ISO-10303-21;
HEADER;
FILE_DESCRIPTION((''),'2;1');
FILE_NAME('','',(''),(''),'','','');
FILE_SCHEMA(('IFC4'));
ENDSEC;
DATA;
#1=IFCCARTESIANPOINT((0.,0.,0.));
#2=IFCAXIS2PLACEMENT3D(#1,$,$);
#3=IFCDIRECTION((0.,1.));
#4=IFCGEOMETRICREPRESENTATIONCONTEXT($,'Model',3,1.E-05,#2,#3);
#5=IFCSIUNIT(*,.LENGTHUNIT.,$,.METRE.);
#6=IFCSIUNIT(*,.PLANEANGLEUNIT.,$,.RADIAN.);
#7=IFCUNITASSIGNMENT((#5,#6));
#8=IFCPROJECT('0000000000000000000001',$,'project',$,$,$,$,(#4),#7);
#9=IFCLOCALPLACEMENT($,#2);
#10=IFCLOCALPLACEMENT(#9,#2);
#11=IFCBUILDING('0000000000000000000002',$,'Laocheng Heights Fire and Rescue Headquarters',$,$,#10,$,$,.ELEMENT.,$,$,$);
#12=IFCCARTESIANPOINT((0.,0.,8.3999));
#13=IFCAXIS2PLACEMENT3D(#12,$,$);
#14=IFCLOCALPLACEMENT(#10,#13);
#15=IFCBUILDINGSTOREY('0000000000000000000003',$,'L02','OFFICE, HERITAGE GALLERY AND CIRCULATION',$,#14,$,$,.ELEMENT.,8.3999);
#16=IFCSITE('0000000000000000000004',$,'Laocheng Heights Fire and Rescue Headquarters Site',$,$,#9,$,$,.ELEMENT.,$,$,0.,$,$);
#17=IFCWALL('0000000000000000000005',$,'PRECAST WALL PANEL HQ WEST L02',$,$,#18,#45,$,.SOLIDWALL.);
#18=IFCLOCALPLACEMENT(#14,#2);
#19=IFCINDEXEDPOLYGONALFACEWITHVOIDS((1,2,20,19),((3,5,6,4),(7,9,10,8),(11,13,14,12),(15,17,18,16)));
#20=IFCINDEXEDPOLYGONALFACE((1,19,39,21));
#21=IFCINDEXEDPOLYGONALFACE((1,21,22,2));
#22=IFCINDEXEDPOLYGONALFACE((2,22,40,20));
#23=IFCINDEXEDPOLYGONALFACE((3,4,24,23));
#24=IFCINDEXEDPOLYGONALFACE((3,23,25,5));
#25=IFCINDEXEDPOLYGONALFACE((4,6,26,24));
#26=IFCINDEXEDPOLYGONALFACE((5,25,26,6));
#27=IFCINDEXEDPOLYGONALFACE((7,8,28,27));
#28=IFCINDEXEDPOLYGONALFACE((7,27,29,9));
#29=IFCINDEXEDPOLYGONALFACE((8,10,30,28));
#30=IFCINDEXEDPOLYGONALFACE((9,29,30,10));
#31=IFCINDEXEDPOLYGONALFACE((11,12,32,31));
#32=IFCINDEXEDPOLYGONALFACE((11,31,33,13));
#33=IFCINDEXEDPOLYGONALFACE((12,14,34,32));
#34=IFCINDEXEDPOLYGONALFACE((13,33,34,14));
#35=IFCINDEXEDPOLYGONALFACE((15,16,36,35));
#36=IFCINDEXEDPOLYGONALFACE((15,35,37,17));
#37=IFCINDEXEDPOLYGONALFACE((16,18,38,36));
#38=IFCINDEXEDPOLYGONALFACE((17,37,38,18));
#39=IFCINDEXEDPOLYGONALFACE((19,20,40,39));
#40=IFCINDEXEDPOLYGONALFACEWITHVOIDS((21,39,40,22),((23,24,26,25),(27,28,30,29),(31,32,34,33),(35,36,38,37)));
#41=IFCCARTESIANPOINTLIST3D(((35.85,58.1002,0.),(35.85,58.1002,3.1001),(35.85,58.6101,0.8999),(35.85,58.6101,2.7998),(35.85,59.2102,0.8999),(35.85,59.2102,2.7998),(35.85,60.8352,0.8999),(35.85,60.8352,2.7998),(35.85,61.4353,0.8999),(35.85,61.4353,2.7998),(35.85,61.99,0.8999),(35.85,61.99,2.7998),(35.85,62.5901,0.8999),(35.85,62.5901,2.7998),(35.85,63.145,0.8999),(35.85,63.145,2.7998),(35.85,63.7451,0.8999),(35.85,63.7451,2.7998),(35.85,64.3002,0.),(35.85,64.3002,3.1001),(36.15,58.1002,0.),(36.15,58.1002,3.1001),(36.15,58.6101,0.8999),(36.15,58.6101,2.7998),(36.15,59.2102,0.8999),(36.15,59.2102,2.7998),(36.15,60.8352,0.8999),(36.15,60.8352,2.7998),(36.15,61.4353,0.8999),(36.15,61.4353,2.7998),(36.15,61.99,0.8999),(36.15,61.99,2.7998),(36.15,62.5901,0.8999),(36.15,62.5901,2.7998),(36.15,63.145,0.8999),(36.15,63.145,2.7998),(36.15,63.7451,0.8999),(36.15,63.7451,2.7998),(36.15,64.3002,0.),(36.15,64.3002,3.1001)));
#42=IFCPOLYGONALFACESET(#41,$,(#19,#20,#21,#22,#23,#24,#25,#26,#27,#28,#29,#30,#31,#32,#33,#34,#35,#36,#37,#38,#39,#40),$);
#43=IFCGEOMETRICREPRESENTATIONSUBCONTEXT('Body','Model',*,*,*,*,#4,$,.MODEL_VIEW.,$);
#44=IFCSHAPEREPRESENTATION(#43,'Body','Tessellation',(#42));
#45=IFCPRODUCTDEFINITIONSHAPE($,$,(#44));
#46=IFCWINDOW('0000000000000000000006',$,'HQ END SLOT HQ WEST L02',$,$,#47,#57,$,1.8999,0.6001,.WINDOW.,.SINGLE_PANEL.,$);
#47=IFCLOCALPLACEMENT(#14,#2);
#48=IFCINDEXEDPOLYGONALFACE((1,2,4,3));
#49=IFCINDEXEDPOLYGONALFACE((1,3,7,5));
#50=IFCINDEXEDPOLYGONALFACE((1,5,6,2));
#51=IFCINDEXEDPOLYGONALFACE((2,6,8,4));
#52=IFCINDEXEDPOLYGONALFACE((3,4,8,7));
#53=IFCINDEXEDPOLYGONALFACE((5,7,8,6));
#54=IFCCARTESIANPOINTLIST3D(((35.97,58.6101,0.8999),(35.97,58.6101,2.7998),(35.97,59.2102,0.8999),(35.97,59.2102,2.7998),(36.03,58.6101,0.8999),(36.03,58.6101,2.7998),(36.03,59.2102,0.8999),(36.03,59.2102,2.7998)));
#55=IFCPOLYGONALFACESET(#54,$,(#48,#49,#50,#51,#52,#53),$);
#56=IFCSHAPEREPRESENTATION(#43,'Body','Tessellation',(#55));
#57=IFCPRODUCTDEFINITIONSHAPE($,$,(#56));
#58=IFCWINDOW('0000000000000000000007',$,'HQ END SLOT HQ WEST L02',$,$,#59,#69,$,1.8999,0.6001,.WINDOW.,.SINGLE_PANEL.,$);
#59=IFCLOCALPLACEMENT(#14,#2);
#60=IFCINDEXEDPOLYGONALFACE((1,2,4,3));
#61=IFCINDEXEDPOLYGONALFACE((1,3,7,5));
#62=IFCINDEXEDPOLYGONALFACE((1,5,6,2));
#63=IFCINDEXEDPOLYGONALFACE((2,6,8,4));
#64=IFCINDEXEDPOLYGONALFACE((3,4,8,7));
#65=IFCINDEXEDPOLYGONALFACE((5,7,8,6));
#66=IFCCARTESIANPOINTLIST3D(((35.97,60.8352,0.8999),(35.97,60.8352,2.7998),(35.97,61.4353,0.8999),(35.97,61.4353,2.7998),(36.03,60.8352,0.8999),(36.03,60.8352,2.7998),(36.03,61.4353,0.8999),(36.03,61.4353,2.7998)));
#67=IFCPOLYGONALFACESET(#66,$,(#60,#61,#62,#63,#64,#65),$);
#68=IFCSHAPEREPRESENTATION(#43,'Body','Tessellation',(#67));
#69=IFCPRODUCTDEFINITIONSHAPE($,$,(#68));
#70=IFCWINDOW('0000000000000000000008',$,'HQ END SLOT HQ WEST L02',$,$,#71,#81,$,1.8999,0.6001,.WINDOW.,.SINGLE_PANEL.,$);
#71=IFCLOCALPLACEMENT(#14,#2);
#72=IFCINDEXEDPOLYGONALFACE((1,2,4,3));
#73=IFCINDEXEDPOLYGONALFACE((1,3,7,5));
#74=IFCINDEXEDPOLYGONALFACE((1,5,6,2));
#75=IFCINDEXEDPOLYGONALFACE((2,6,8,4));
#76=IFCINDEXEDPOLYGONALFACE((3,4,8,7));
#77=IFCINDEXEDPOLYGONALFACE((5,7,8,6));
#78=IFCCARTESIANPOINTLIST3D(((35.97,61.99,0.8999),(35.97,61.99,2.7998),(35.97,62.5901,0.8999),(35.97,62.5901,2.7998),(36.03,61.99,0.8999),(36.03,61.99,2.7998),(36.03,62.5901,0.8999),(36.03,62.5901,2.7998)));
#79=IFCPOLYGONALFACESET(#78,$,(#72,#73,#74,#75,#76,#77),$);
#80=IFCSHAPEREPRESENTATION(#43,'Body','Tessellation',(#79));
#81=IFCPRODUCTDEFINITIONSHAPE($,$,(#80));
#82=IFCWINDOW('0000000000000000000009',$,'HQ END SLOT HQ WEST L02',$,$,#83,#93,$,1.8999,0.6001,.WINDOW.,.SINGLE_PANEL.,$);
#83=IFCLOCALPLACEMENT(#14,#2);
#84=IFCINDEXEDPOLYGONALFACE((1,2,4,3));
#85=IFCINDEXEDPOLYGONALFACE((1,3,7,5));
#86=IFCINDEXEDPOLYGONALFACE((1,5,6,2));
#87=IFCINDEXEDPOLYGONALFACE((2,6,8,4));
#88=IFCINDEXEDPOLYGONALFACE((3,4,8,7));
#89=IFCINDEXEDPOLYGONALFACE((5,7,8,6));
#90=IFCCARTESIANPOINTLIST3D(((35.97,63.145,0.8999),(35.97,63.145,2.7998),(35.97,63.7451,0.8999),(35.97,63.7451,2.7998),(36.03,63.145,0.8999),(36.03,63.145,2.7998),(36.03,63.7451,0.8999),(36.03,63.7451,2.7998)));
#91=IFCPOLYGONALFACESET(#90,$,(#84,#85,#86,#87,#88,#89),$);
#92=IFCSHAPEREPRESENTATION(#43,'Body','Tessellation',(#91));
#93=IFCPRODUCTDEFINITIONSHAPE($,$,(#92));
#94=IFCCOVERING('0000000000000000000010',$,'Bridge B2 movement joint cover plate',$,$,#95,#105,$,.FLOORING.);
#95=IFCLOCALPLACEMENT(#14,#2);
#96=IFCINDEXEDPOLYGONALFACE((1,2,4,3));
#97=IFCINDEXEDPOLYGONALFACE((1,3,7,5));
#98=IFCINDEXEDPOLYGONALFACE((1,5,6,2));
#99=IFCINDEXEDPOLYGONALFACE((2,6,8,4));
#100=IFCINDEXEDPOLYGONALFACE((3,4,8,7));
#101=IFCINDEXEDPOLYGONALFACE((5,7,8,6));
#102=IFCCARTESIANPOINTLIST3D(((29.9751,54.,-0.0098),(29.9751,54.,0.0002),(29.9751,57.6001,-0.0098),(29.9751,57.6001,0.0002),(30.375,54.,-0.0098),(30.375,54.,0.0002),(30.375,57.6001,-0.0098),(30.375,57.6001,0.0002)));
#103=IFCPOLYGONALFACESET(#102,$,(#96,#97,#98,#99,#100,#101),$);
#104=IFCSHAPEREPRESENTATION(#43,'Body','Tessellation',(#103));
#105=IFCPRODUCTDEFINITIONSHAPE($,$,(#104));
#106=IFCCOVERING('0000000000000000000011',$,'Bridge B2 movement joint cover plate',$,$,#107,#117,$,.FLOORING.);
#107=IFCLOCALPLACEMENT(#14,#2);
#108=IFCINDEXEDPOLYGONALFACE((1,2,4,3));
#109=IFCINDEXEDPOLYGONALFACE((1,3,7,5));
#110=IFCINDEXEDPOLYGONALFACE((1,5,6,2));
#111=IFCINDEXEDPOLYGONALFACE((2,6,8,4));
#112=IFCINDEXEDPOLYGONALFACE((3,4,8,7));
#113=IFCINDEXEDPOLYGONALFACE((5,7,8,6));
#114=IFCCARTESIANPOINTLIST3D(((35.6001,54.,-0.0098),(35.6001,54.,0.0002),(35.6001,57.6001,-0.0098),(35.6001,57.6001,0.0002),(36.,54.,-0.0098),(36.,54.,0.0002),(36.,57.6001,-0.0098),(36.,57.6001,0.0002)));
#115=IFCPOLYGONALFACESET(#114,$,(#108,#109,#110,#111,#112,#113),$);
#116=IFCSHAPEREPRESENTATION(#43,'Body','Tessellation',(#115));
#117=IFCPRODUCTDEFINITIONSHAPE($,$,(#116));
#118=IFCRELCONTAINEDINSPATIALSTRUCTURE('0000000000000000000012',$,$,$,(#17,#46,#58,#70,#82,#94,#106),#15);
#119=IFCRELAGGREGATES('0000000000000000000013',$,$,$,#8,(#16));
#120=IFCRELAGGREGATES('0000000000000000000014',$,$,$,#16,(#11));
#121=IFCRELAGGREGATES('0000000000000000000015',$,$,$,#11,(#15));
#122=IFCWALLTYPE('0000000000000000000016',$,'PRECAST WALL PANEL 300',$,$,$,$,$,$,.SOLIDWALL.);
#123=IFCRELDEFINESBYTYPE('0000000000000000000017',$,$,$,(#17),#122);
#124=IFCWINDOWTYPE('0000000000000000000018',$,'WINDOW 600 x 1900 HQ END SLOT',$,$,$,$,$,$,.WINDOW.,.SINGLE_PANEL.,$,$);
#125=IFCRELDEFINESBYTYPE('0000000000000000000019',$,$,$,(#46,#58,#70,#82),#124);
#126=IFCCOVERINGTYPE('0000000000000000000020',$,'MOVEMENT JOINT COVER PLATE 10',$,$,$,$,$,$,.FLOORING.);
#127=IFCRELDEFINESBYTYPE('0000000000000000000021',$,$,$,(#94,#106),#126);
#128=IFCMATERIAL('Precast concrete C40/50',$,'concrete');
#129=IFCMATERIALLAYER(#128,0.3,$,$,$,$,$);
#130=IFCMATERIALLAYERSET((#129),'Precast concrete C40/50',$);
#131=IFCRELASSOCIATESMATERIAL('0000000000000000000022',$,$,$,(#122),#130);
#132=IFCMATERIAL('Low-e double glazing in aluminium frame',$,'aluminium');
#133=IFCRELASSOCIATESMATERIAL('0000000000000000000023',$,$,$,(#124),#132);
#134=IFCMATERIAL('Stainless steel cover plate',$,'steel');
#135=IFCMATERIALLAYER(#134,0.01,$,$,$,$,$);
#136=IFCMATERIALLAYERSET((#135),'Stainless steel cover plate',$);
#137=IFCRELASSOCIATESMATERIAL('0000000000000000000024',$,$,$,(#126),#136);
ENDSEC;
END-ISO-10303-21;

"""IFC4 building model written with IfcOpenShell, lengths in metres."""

from ifc_helpers import new_model, si_unit, direction, frame, frame_2d, origin, origin_2d, place, context, subcontext, project, spatial, rectangle, extrude, material, layer, layer_set, type_object, element, fill, save


model = new_model("IFC4")

# Units and contexts
model_context = context("Model", 3, precision=1e-05, world=origin(), true_north=direction((0.0, 1.0)))
body_context = subcontext(model_context, "Body", "Model", "MODEL_VIEW")
ifc_project = project(units=[si_unit("LENGTHUNIT", "METRE"), si_unit("PLANEANGLEUNIT", "RADIAN")], contexts=[model_context])

# Site, building, storey
site_placement = place(None, origin())
site = spatial("IfcSite", under=ifc_project, at=site_placement, Name="Laocheng Heights Fire and Rescue Headquarters Site", CompositionType="ELEMENT", RefElevation=0.0)
building_placement = place(site_placement, origin())
building = spatial("IfcBuilding", under=site, at=building_placement, Name="Laocheng Heights Fire and Rescue Headquarters", CompositionType="ELEMENT")
storey_placement = place(building_placement, frame((0.0, 0.0, 8.3999)))
storey = spatial("IfcBuildingStorey", under=building, at=storey_placement, Name="L02", Description="OFFICE, HERITAGE GALLERY AND CIRCULATION", CompositionType="ELEMENT", Elevation=8.3999)

# Shared definitions
ifc_material_1 = material(Name="Precast concrete C40/50", Category="concrete")
ifc_layer_1 = layer(ifc_material_1, 0.3)
ifc_layer_set_1 = layer_set([ifc_layer_1], Name="Precast concrete C40/50")
wall_type_1 = type_object("IfcWallType", Name="PRECAST WALL PANEL 300", PredefinedType="SOLIDWALL", material=ifc_layer_set_1)
ifc_material_2 = material(Name="Low-e double glazing in aluminium frame", Category="aluminium")
window_type = type_object("IfcWindowType", Name="WINDOW 600 x 1900 HQ END SLOT", PartitioningType="SINGLE_PANEL", PredefinedType="WINDOW", material=ifc_material_2)

# Wall, openings, windows
wall_1_placement = place(storey_placement, frame((36.0, 58.1001, 0.0), z_axis=(0.0, 0.0, 1.0), x_axis=(0.0, 1.0, 0.0)))
wall_1 = element("IfcWall", 1, at=wall_1_placement, inside=storey, type_object=wall_type_1, Name="PRECAST WALL PANEL HQ WEST L02", PredefinedType="SOLIDWALL", context=body_context, shape_type="SweptSolid", body=[
    extrude(rectangle(XDim=6.2, YDim=0.3, at=frame_2d((3.1001, 0.0))), origin(), (0.0, 0.0, 1.0), 3.1001),
])
opening_1_placement = place(wall_1_placement, frame((0.51, 0.0, 0.8999)))
opening_1 = element("IfcOpeningElement", 2, at=opening_1_placement, cuts=wall_1, PredefinedType="OPENING", context=body_context, shape_type="SweptSolid", body=[
    extrude(rectangle(XDim=0.6001, YDim=1.8999, at=frame_2d((0.3, 0.95))), frame((0.0, 0.1599, 0.0), z_axis=(0.0, -1.0, 0.0), x_axis=(1.0, 0.0, 0.0)), (0.0, 0.0, 1.0), 0.3201),
])
opening_2_placement = place(wall_1_placement, frame((2.7351, 0.0, 0.8999)))
opening_2 = element("IfcOpeningElement", 3, at=opening_2_placement, cuts=wall_1, PredefinedType="OPENING", context=body_context, shape_type="SweptSolid", body=[
    extrude(rectangle(XDim=0.6001, YDim=1.8999, at=frame_2d((0.3, 0.95))), frame((0.0, 0.1599, 0.0), z_axis=(0.0, -1.0, 0.0), x_axis=(1.0, 0.0, 0.0)), (0.0, 0.0, 1.0), 0.3201),
])
opening_3_placement = place(wall_1_placement, frame((3.8899, 0.0, 0.8999)))
opening_3 = element("IfcOpeningElement", 4, at=opening_3_placement, cuts=wall_1, PredefinedType="OPENING", context=body_context, shape_type="SweptSolid", body=[
    extrude(rectangle(XDim=0.6001, YDim=1.8999, at=frame_2d((0.3, 0.95))), frame((0.0, 0.1599, 0.0), z_axis=(0.0, -1.0, 0.0), x_axis=(1.0, 0.0, 0.0)), (0.0, 0.0, 1.0), 0.3201),
])
opening_4_placement = place(wall_1_placement, frame((5.0449, 0.0, 0.8999)))
opening_4 = element("IfcOpeningElement", 5, at=opening_4_placement, cuts=wall_1, PredefinedType="OPENING", context=body_context, shape_type="SweptSolid", body=[
    extrude(rectangle(XDim=0.6001, YDim=1.8999, at=frame_2d((0.3, 0.95))), frame((0.0, 0.1599, 0.0), z_axis=(0.0, -1.0, 0.0), x_axis=(1.0, 0.0, 0.0)), (0.0, 0.0, 1.0), 0.3201),
])
window_1_placement = place(opening_1_placement, origin())
window_1 = element("IfcWindow", 6, at=window_1_placement, inside=storey, type_object=window_type, Name="HQ END SLOT HQ WEST L02", OverallHeight=1.8999, OverallWidth=0.6001, PartitioningType="SINGLE_PANEL", PredefinedType="WINDOW", context=body_context, shape_type="SweptSolid", body=[
    extrude(rectangle(XDim=0.6001, YDim=1.8999, at=frame_2d((0.3, 0.95))), frame((0.0, 0.03, 0.0), z_axis=(0.0, -1.0, 0.0), x_axis=(1.0, 0.0, 0.0)), (0.0, 0.0, 1.0), 0.0601),
])
fill(opening_1, window_1)
window_2_placement = place(opening_2_placement, origin())
window_2 = element("IfcWindow", 7, at=window_2_placement, inside=storey, type_object=window_type, Name="HQ END SLOT HQ WEST L02", OverallHeight=1.8999, OverallWidth=0.6001, PartitioningType="SINGLE_PANEL", PredefinedType="WINDOW", context=body_context, shape_type="SweptSolid", body=[
    extrude(rectangle(XDim=0.6001, YDim=1.8999, at=frame_2d((0.3, 0.95))), frame((0.0, 0.03, 0.0), z_axis=(0.0, -1.0, 0.0), x_axis=(1.0, 0.0, 0.0)), (0.0, 0.0, 1.0), 0.0601),
])
fill(opening_2, window_2)
window_3_placement = place(opening_3_placement, origin())
window_3 = element("IfcWindow", 8, at=window_3_placement, inside=storey, type_object=window_type, Name="HQ END SLOT HQ WEST L02", OverallHeight=1.8999, OverallWidth=0.6001, PartitioningType="SINGLE_PANEL", PredefinedType="WINDOW", context=body_context, shape_type="SweptSolid", body=[
    extrude(rectangle(XDim=0.6001, YDim=1.8999, at=frame_2d((0.3, 0.95))), frame((0.0, 0.03, 0.0), z_axis=(0.0, -1.0, 0.0), x_axis=(1.0, 0.0, 0.0)), (0.0, 0.0, 1.0), 0.0601),
])
fill(opening_3, window_3)
window_4_placement = place(opening_4_placement, origin())
window_4 = element("IfcWindow", 9, at=window_4_placement, inside=storey, type_object=window_type, Name="HQ END SLOT HQ WEST L02", OverallHeight=1.8999, OverallWidth=0.6001, PartitioningType="SINGLE_PANEL", PredefinedType="WINDOW", context=body_context, shape_type="SweptSolid", body=[
    extrude(rectangle(XDim=0.6001, YDim=1.8999, at=frame_2d((0.3, 0.95))), frame((0.0, 0.03, 0.0), z_axis=(0.0, -1.0, 0.0), x_axis=(1.0, 0.0, 0.0)), (0.0, 0.0, 1.0), 0.0601),
])
fill(opening_4, window_4)

# Coverings
ifc_material_3 = material(Name="Stainless steel cover plate", Category="steel")
ifc_layer_2 = layer(ifc_material_3, 0.01)
ifc_layer_set_2 = layer_set([ifc_layer_2], Name="Stainless steel cover plate")
covering_type = type_object("IfcCoveringType", Name="MOVEMENT JOINT COVER PLATE 10", PredefinedType="FLOORING", material=ifc_layer_set_2)
for number, where, z_axis, x_axis, name in (
    (10, (30.175, 55.8, -0.0098), (0.0, 0.0, 1.0), (1.0, 0.0, 0.0), "Bridge B2 movement joint cover plate"),
    (11, (35.8, 55.8, -0.0098), (0.0, 0.0, 1.0), (1.0, 0.0, 0.0), "Bridge B2 movement joint cover plate"),
):
    element("IfcCovering", number, at=place(storey_placement, frame(where, z_axis=z_axis, x_axis=x_axis)), inside=storey, type_object=covering_type, Name=name, PredefinedType="FLOORING", context=body_context, shape_type="SweptSolid", body=[
        extrude(rectangle(XDim=0.3999, YDim=3.6001, at=origin_2d()), origin(), (0.0, 0.0, 1.0), 0.01),
    ])

save(model, "model.ifc")
